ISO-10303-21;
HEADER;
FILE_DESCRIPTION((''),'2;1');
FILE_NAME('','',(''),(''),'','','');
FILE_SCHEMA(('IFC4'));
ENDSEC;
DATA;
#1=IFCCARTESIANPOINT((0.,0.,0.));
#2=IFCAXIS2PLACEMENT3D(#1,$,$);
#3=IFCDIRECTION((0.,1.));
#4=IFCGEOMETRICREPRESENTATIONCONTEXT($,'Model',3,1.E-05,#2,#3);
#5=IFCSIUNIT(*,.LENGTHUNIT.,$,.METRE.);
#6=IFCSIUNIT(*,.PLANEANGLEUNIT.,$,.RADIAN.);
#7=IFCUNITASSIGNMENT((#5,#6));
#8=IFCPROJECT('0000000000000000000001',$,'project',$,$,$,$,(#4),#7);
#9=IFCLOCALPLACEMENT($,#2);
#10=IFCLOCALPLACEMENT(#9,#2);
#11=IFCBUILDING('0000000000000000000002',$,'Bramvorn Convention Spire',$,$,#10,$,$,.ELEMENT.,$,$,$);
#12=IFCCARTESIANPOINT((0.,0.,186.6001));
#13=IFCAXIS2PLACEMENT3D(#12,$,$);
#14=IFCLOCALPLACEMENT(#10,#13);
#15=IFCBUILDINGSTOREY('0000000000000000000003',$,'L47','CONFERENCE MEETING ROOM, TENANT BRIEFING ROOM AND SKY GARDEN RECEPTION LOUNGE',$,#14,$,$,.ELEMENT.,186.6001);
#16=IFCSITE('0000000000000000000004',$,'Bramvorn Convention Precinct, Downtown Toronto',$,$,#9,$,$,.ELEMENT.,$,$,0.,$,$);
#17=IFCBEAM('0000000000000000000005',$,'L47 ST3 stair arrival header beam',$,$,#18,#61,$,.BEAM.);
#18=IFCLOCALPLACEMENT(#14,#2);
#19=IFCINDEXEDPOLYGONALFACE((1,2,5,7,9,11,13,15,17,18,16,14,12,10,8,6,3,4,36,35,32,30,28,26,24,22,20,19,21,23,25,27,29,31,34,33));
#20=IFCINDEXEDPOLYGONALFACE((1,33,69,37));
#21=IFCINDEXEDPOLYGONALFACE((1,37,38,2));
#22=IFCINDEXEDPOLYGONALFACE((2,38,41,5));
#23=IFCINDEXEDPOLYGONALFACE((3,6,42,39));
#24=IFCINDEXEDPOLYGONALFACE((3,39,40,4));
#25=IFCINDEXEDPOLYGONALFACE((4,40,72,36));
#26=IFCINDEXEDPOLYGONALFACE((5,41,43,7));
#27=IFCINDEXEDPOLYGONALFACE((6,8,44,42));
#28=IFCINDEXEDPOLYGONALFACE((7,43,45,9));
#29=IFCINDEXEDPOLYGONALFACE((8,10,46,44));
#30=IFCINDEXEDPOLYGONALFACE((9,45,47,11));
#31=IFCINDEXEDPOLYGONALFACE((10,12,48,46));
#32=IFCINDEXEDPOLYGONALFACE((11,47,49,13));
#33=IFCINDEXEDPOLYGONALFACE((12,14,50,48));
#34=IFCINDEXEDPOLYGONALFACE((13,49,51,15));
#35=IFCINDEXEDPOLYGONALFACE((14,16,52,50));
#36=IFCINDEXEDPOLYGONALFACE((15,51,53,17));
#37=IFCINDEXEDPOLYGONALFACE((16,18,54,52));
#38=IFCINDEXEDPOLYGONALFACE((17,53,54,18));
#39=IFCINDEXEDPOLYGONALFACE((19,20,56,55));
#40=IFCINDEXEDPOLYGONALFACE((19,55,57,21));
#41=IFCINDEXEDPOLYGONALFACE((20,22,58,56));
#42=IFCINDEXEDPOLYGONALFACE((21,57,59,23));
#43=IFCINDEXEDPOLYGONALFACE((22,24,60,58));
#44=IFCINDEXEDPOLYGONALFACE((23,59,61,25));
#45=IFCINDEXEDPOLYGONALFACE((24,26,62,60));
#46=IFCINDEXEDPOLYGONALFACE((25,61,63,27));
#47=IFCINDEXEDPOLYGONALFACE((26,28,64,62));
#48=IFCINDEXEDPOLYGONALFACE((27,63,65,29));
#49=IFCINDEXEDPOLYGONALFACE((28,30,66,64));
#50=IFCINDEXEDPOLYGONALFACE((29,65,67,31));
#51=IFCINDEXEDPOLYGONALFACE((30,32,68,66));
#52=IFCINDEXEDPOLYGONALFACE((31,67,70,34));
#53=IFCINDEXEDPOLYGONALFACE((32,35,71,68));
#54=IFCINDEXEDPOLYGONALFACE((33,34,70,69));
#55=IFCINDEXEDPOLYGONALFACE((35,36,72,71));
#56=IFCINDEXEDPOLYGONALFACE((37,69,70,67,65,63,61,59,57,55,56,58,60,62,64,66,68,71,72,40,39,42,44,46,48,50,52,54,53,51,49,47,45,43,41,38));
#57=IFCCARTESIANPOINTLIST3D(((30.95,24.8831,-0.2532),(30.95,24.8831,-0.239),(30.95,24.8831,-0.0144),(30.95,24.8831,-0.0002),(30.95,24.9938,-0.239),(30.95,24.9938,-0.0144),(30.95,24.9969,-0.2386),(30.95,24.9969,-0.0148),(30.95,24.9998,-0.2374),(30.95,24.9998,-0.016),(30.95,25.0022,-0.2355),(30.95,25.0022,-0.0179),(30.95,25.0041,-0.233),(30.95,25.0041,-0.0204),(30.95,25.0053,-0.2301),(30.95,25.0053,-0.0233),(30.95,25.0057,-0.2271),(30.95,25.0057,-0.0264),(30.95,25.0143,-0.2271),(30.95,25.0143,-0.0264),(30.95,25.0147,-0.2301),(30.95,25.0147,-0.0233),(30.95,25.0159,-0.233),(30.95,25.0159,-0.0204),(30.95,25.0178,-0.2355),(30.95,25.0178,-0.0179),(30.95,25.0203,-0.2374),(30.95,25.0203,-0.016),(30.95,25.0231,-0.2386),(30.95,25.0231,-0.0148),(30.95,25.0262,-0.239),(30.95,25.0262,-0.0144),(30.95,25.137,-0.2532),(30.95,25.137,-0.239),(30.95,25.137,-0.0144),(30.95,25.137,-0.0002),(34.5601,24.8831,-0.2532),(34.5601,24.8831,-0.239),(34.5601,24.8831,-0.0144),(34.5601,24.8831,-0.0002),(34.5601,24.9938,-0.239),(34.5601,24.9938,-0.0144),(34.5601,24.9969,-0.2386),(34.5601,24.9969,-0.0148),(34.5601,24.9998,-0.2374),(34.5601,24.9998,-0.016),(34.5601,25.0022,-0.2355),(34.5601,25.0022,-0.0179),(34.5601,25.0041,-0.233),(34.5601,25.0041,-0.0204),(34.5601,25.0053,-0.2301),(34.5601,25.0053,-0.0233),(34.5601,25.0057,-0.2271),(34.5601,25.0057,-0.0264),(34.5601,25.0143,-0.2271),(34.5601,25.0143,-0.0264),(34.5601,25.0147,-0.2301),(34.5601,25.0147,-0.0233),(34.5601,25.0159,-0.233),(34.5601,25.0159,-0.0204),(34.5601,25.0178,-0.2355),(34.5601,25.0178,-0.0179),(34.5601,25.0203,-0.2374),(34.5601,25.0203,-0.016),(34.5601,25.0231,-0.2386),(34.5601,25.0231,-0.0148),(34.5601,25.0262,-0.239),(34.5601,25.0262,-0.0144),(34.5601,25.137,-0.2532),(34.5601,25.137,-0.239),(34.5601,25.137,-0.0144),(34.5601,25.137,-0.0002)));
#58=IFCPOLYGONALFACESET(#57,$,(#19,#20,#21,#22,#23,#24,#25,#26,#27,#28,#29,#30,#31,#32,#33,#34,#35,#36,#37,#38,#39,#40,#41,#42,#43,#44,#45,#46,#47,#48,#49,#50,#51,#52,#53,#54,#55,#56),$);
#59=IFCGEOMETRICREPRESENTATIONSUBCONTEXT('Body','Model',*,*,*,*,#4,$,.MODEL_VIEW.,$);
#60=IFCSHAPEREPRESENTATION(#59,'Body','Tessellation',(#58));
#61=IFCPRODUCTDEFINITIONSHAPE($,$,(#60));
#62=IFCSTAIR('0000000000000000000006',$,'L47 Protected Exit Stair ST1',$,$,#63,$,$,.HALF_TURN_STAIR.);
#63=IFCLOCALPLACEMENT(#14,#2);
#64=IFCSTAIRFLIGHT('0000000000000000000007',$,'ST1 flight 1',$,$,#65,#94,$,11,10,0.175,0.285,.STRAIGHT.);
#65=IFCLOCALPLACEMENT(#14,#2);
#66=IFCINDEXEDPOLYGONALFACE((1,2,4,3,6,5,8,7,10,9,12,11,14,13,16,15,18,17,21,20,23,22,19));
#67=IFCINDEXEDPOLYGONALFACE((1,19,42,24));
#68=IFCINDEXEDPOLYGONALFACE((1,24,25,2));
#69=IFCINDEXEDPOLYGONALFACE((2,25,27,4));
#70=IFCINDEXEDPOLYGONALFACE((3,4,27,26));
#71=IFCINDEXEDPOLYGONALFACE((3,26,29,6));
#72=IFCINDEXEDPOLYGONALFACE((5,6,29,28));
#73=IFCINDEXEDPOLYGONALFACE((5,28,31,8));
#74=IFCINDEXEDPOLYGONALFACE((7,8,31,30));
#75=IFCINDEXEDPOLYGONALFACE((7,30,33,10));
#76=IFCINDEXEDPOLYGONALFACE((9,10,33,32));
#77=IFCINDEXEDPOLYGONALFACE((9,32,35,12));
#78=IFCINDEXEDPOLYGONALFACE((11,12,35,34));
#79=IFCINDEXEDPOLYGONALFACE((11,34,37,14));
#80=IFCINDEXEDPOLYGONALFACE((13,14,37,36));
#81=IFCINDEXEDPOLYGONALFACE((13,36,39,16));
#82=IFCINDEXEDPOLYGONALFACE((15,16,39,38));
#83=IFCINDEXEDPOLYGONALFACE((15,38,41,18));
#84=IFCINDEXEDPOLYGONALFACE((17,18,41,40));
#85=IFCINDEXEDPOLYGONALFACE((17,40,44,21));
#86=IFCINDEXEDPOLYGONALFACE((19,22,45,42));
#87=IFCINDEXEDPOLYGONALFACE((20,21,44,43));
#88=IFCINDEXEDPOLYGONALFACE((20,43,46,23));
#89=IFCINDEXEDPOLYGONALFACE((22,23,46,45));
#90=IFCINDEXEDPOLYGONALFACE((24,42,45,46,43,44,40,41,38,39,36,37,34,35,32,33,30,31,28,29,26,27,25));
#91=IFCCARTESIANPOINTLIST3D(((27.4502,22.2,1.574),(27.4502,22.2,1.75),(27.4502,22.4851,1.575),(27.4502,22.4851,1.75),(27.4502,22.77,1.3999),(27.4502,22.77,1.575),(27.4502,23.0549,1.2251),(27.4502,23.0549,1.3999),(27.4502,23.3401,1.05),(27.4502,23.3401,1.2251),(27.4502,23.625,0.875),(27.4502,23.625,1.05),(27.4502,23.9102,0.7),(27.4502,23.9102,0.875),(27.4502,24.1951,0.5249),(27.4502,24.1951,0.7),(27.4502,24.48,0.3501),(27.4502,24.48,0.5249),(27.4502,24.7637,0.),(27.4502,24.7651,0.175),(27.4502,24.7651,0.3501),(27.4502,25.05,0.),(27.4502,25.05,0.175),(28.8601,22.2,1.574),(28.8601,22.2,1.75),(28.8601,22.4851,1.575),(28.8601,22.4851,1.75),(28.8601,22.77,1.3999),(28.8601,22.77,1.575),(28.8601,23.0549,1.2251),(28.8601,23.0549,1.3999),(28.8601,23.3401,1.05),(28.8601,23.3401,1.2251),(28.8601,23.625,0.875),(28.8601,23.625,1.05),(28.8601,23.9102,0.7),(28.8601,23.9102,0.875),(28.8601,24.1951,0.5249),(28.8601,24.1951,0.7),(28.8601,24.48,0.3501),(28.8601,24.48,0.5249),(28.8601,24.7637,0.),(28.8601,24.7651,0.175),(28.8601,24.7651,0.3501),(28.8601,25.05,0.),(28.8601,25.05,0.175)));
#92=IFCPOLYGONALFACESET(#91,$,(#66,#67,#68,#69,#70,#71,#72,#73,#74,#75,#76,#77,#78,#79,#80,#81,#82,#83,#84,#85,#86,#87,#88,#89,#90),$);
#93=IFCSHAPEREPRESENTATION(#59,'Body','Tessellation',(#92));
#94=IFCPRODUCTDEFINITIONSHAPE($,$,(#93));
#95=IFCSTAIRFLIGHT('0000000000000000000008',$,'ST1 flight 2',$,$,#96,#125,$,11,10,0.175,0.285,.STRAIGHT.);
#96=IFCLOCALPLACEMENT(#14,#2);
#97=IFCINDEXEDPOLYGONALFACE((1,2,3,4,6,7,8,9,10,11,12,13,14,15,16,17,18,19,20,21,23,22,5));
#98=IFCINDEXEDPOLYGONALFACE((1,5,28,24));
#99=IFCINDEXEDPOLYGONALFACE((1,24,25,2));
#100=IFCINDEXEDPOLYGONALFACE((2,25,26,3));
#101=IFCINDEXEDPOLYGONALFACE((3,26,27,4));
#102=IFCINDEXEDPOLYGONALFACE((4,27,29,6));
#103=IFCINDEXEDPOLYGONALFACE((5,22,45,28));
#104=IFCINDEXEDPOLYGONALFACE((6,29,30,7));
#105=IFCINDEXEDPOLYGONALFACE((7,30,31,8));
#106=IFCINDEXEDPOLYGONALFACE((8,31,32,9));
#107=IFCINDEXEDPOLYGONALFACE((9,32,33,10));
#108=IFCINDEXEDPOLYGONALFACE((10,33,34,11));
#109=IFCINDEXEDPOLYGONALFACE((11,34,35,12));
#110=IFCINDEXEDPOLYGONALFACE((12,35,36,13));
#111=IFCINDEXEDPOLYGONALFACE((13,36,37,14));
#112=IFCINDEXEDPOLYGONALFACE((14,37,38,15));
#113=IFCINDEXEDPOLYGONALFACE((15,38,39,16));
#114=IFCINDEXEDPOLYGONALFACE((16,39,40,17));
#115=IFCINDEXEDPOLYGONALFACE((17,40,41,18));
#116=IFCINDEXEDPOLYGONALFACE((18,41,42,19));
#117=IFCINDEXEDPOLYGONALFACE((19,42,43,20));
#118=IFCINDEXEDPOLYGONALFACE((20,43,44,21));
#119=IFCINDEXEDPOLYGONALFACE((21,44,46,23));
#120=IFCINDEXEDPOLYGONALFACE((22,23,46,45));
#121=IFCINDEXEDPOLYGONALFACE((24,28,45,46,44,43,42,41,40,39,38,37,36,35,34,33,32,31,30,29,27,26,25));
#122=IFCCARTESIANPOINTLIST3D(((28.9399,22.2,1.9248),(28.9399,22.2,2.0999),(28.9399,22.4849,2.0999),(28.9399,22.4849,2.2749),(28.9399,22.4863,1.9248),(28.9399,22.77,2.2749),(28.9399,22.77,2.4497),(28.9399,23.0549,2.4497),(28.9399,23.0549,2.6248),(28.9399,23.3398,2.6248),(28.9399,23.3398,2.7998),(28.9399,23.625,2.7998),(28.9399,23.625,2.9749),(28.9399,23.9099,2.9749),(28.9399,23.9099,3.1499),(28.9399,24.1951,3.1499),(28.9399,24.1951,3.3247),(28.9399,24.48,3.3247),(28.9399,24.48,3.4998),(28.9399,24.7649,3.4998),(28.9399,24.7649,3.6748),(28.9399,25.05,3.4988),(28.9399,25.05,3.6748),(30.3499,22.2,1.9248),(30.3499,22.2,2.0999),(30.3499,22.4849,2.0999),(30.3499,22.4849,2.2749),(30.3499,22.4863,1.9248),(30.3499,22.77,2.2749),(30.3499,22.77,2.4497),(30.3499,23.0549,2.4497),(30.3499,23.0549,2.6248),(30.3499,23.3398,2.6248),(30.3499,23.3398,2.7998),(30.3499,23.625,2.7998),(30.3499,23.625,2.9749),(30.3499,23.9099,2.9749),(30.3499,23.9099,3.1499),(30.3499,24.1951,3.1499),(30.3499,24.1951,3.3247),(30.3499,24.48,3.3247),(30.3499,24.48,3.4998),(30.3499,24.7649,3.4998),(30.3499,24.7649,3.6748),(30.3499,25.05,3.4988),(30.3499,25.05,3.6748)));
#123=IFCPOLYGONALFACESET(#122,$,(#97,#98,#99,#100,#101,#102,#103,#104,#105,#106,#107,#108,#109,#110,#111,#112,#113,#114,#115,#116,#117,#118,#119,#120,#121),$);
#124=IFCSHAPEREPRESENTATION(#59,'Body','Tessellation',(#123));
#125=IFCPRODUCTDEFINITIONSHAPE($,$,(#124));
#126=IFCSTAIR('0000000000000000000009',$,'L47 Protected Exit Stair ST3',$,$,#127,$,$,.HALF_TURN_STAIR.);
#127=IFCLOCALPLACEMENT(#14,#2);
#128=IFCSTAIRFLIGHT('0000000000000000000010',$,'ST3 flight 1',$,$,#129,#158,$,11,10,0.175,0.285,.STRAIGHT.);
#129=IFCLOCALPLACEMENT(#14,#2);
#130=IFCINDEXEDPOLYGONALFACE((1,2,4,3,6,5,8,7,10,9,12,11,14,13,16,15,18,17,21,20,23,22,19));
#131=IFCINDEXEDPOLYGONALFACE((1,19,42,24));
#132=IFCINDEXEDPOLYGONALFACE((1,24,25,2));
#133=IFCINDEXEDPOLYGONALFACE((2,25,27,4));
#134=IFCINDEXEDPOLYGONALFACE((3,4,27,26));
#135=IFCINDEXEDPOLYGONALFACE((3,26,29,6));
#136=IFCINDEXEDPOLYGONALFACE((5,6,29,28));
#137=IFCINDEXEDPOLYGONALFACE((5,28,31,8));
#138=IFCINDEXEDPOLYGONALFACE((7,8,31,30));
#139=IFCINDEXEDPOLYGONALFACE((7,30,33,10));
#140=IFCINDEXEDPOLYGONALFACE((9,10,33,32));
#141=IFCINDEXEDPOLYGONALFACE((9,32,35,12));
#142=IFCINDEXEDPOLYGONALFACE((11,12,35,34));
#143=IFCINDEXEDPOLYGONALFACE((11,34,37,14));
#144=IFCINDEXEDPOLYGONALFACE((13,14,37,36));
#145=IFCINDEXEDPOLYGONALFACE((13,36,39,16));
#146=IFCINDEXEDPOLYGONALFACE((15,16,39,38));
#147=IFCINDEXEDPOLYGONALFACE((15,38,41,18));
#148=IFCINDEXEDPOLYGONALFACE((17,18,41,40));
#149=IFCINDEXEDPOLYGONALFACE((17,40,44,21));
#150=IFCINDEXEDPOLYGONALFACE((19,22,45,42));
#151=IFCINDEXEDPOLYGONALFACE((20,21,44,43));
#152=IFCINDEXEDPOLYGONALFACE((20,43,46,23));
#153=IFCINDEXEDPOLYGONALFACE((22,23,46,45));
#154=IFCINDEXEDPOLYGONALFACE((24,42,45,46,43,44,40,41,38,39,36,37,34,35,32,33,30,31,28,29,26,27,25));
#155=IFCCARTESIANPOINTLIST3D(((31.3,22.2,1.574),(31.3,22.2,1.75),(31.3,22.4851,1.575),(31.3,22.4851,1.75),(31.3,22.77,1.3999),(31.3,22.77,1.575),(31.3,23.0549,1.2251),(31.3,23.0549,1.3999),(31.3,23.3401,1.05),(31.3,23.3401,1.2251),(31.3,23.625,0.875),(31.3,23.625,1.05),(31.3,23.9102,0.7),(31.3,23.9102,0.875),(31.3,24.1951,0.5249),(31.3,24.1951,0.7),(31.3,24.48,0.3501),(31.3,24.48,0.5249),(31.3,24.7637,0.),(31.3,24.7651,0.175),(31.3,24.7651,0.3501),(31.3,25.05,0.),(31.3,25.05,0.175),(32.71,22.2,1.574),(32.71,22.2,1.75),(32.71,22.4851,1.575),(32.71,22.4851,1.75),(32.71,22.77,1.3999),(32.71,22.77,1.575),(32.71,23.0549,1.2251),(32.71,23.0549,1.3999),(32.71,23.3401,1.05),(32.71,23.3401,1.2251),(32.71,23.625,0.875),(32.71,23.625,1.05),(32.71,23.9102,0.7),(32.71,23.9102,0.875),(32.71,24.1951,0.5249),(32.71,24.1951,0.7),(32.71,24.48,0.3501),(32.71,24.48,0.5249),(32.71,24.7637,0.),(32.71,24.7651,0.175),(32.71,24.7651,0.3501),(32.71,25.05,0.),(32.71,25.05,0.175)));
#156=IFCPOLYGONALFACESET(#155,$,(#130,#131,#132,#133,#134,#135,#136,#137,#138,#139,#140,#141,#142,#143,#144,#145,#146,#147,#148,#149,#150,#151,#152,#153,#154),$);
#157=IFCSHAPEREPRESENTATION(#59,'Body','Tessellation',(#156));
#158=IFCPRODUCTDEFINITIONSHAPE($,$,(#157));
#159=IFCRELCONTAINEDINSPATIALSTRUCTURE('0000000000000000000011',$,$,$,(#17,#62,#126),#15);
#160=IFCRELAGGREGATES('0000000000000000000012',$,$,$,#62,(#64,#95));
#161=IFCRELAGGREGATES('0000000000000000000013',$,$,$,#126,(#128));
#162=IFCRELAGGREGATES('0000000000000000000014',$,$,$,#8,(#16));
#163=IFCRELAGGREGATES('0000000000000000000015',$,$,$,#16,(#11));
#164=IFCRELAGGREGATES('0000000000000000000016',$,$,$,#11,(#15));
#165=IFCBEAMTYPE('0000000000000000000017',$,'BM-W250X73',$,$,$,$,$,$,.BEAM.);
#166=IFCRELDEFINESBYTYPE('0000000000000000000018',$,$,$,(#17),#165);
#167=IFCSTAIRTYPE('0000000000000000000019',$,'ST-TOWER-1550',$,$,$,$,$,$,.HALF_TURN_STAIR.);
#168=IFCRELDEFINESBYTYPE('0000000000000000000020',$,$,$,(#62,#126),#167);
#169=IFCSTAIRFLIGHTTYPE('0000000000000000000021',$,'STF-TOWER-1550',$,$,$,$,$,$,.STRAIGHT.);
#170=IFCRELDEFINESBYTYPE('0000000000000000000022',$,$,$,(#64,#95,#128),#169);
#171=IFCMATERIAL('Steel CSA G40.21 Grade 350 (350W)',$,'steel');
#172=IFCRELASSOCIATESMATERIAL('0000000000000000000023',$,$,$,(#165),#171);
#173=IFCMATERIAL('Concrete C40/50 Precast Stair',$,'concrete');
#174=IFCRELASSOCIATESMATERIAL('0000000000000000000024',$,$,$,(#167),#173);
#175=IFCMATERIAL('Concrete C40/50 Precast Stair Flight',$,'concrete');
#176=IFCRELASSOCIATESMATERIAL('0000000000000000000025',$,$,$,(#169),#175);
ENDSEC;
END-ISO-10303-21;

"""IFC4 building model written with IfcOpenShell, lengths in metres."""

from ifc_helpers import new_model, si_unit, direction, frame, origin, origin_2d, place, context, subcontext, project, spatial, polyline, i_section, outline, extrude, material, material_profile, profile_set, type_object, element, aggregate, save


model = new_model("IFC4")

# Units and contexts
model_context = context("Model", 3, precision=1e-05, world=origin(), true_north=direction((0.0, 1.0)))
body_context = subcontext(model_context, "Body", "Model", "MODEL_VIEW")
ifc_project = project(units=[si_unit("LENGTHUNIT", "METRE"), si_unit("PLANEANGLEUNIT", "RADIAN")], contexts=[model_context])

# Site, building, storey
site_placement = place(None, origin())
site = spatial("IfcSite", under=ifc_project, at=site_placement, Name="Bramvorn Convention Precinct, Downtown Toronto", CompositionType="ELEMENT", RefElevation=0.0)
building_placement = place(site_placement, origin())
building = spatial("IfcBuilding", under=site, at=building_placement, Name="Bramvorn Convention Spire", CompositionType="ELEMENT")
storey_placement = place(building_placement, frame((0.0, 0.0, 186.6001)))
storey = spatial("IfcBuildingStorey", under=building, at=storey_placement, Name="L47", Description="CONFERENCE MEETING ROOM, TENANT BRIEFING ROOM AND SKY GARDEN RECEPTION LOUNGE", CompositionType="ELEMENT", Elevation=186.6001)

# Beam
ifc_material_1 = material(Name="Steel CSA G40.21 Grade 350 (350W)", Category="steel")
ifc_material_profile = material_profile(ifc_material_1, i_section(OverallWidth=0.2539, OverallDepth=0.2529, WebThickness=0.0085, FlangeThickness=0.0142, FilletRadius=0.012, at=origin_2d()))
ifc_profile_set = profile_set([ifc_material_profile], Name="Steel CSA G40.21 Grade 350 (350W) - W250X73")
beam_type = type_object("IfcBeamType", Name="BM-W250X73", PredefinedType="BEAM", material=ifc_profile_set)
beam_placement = place(storey_placement, frame((30.95, 25.01, -0.1267), z_axis=(1.0, 0.0, 0.0), x_axis=(0.0, 1.0, 0.0)))
element("IfcBeam", 1, at=beam_placement, inside=storey, type_object=beam_type, Name="L47 ST3 stair arrival header beam", PredefinedType="BEAM", context=body_context, shape_type="SweptSolid", body=[
    extrude(i_section(OverallWidth=0.2539, OverallDepth=0.2529, WebThickness=0.0085, FlangeThickness=0.0142, FilletRadius=0.012, at=origin_2d()), origin(), (0.0, 0.0, 1.0), 3.6101),
])

# Stairs, stair flights
ifc_material_2 = material(Name="Concrete C40/50 Precast Stair", Category="concrete")
stair_type = type_object("IfcStairType", Name="ST-TOWER-1550", PredefinedType="HALF_TURN_STAIR", material=ifc_material_2)
stair_1_placement = place(storey_placement, origin())
stair_1 = element("IfcStair", 2, at=stair_1_placement, inside=storey, type_object=stair_type, Name="L47 Protected Exit Stair ST1", PredefinedType="HALF_TURN_STAIR")
ifc_material_3 = material(Name="Concrete C40/50 Precast Stair Flight", Category="concrete")
stair_flight_type = type_object("IfcStairFlightType", Name="STF-TOWER-1550", PredefinedType="STRAIGHT", material=ifc_material_3)
stair_flight_1_placement = place(storey_placement, frame((28.155, 25.05, 0.0), z_axis=(0.0, 0.0, 1.0), x_axis=(0.0, -1.0, 0.0)))
stair_flight_1 = element("IfcStairFlight", 3, at=stair_flight_1_placement, type_object=stair_flight_type, Name="ST1 flight 1", NumberOfRisers=11, NumberOfTreads=10, PredefinedType="STRAIGHT", RiserHeight=0.175, TreadLength=0.285, context=body_context, shape_type="SweptSolid", body=[
    extrude(outline(polyline([(0.0, 0.0), (0.0, 0.175), (0.2849, 0.175), (0.2849, 0.3501), (0.5701, 0.3501), (0.5701, 0.5249), (0.855, 0.5249), (0.855, 0.7), (1.1399, 0.7), (1.1399, 0.875), (1.425, 0.875), (1.425, 1.05), (1.71, 1.05), (1.71, 1.2251), (1.9951, 1.2251), (1.9951, 1.3999), (2.28, 1.3999), (2.28, 1.575), (2.5649, 1.575), (2.5649, 1.75), (2.8501, 1.75), (2.8501, 1.925), (2.8501, 1.574), (0.2864, 0.0), (0.0, 0.0)])), frame((0.0, 0.7051, 0.0), z_axis=(0.0, -1.0, 0.0), x_axis=(1.0, 0.0, 0.0)), (0.0, 0.0, 1.0), 1.4099),
])
stair_flight_2_placement = place(storey_placement, frame((29.645, 22.2, 1.9248), z_axis=(0.0, 0.0, 1.0), x_axis=(0.0, 1.0, 0.0)))
stair_flight_2 = element("IfcStairFlight", 4, at=stair_flight_2_placement, type_object=stair_flight_type, Name="ST1 flight 2", NumberOfRisers=11, NumberOfTreads=10, PredefinedType="STRAIGHT", RiserHeight=0.175, TreadLength=0.285, context=body_context, shape_type="SweptSolid", body=[
    extrude(outline(polyline([(0.0, 0.0), (0.0, 0.175), (0.2849, 0.175), (0.2849, 0.3501), (0.5701, 0.3501), (0.5701, 0.5249), (0.855, 0.5249), (0.855, 0.7), (1.1399, 0.7), (1.1399, 0.875), (1.425, 0.875), (1.425, 1.05), (1.71, 1.05), (1.71, 1.2251), (1.9951, 1.2251), (1.9951, 1.3999), (2.28, 1.3999), (2.28, 1.575), (2.5649, 1.575), (2.5649, 1.75), (2.8501, 1.75), (2.8501, 1.925), (2.8501, 1.574), (0.2864, 0.0), (0.0, 0.0)])), frame((0.0, 0.7051, 0.0), z_axis=(0.0, -1.0, 0.0), x_axis=(1.0, 0.0, 0.0)), (0.0, 0.0, 1.0), 1.4099),
])
aggregate(stair_1, [stair_flight_1, stair_flight_2])
stair_2_placement = place(storey_placement, origin())
stair_2 = element("IfcStair", 5, at=stair_2_placement, inside=storey, type_object=stair_type, Name="L47 Protected Exit Stair ST3", PredefinedType="HALF_TURN_STAIR")
stair_flight_3_placement = place(storey_placement, frame((32.0049, 25.05, 0.0), z_axis=(0.0, 0.0, 1.0), x_axis=(0.0, -1.0, 0.0)))
stair_flight_3 = element("IfcStairFlight", 6, at=stair_flight_3_placement, type_object=stair_flight_type, Name="ST3 flight 1", NumberOfRisers=11, NumberOfTreads=10, PredefinedType="STRAIGHT", RiserHeight=0.175, TreadLength=0.285, context=body_context, shape_type="SweptSolid", body=[
    extrude(outline(polyline([(0.0, 0.0), (0.0, 0.175), (0.2849, 0.175), (0.2849, 0.3501), (0.5701, 0.3501), (0.5701, 0.5249), (0.855, 0.5249), (0.855, 0.7), (1.1399, 0.7), (1.1399, 0.875), (1.425, 0.875), (1.425, 1.05), (1.71, 1.05), (1.71, 1.2251), (1.9951, 1.2251), (1.9951, 1.3999), (2.28, 1.3999), (2.28, 1.575), (2.5649, 1.575), (2.5649, 1.75), (2.8501, 1.75), (2.8501, 1.925), (2.8501, 1.574), (0.2864, 0.0), (0.0, 0.0)])), frame((0.0, 0.7051, 0.0), z_axis=(0.0, -1.0, 0.0), x_axis=(1.0, 0.0, 0.0)), (0.0, 0.0, 1.0), 1.4099),
])
aggregate(stair_2, [stair_flight_3])

save(model, "model.ifc")
